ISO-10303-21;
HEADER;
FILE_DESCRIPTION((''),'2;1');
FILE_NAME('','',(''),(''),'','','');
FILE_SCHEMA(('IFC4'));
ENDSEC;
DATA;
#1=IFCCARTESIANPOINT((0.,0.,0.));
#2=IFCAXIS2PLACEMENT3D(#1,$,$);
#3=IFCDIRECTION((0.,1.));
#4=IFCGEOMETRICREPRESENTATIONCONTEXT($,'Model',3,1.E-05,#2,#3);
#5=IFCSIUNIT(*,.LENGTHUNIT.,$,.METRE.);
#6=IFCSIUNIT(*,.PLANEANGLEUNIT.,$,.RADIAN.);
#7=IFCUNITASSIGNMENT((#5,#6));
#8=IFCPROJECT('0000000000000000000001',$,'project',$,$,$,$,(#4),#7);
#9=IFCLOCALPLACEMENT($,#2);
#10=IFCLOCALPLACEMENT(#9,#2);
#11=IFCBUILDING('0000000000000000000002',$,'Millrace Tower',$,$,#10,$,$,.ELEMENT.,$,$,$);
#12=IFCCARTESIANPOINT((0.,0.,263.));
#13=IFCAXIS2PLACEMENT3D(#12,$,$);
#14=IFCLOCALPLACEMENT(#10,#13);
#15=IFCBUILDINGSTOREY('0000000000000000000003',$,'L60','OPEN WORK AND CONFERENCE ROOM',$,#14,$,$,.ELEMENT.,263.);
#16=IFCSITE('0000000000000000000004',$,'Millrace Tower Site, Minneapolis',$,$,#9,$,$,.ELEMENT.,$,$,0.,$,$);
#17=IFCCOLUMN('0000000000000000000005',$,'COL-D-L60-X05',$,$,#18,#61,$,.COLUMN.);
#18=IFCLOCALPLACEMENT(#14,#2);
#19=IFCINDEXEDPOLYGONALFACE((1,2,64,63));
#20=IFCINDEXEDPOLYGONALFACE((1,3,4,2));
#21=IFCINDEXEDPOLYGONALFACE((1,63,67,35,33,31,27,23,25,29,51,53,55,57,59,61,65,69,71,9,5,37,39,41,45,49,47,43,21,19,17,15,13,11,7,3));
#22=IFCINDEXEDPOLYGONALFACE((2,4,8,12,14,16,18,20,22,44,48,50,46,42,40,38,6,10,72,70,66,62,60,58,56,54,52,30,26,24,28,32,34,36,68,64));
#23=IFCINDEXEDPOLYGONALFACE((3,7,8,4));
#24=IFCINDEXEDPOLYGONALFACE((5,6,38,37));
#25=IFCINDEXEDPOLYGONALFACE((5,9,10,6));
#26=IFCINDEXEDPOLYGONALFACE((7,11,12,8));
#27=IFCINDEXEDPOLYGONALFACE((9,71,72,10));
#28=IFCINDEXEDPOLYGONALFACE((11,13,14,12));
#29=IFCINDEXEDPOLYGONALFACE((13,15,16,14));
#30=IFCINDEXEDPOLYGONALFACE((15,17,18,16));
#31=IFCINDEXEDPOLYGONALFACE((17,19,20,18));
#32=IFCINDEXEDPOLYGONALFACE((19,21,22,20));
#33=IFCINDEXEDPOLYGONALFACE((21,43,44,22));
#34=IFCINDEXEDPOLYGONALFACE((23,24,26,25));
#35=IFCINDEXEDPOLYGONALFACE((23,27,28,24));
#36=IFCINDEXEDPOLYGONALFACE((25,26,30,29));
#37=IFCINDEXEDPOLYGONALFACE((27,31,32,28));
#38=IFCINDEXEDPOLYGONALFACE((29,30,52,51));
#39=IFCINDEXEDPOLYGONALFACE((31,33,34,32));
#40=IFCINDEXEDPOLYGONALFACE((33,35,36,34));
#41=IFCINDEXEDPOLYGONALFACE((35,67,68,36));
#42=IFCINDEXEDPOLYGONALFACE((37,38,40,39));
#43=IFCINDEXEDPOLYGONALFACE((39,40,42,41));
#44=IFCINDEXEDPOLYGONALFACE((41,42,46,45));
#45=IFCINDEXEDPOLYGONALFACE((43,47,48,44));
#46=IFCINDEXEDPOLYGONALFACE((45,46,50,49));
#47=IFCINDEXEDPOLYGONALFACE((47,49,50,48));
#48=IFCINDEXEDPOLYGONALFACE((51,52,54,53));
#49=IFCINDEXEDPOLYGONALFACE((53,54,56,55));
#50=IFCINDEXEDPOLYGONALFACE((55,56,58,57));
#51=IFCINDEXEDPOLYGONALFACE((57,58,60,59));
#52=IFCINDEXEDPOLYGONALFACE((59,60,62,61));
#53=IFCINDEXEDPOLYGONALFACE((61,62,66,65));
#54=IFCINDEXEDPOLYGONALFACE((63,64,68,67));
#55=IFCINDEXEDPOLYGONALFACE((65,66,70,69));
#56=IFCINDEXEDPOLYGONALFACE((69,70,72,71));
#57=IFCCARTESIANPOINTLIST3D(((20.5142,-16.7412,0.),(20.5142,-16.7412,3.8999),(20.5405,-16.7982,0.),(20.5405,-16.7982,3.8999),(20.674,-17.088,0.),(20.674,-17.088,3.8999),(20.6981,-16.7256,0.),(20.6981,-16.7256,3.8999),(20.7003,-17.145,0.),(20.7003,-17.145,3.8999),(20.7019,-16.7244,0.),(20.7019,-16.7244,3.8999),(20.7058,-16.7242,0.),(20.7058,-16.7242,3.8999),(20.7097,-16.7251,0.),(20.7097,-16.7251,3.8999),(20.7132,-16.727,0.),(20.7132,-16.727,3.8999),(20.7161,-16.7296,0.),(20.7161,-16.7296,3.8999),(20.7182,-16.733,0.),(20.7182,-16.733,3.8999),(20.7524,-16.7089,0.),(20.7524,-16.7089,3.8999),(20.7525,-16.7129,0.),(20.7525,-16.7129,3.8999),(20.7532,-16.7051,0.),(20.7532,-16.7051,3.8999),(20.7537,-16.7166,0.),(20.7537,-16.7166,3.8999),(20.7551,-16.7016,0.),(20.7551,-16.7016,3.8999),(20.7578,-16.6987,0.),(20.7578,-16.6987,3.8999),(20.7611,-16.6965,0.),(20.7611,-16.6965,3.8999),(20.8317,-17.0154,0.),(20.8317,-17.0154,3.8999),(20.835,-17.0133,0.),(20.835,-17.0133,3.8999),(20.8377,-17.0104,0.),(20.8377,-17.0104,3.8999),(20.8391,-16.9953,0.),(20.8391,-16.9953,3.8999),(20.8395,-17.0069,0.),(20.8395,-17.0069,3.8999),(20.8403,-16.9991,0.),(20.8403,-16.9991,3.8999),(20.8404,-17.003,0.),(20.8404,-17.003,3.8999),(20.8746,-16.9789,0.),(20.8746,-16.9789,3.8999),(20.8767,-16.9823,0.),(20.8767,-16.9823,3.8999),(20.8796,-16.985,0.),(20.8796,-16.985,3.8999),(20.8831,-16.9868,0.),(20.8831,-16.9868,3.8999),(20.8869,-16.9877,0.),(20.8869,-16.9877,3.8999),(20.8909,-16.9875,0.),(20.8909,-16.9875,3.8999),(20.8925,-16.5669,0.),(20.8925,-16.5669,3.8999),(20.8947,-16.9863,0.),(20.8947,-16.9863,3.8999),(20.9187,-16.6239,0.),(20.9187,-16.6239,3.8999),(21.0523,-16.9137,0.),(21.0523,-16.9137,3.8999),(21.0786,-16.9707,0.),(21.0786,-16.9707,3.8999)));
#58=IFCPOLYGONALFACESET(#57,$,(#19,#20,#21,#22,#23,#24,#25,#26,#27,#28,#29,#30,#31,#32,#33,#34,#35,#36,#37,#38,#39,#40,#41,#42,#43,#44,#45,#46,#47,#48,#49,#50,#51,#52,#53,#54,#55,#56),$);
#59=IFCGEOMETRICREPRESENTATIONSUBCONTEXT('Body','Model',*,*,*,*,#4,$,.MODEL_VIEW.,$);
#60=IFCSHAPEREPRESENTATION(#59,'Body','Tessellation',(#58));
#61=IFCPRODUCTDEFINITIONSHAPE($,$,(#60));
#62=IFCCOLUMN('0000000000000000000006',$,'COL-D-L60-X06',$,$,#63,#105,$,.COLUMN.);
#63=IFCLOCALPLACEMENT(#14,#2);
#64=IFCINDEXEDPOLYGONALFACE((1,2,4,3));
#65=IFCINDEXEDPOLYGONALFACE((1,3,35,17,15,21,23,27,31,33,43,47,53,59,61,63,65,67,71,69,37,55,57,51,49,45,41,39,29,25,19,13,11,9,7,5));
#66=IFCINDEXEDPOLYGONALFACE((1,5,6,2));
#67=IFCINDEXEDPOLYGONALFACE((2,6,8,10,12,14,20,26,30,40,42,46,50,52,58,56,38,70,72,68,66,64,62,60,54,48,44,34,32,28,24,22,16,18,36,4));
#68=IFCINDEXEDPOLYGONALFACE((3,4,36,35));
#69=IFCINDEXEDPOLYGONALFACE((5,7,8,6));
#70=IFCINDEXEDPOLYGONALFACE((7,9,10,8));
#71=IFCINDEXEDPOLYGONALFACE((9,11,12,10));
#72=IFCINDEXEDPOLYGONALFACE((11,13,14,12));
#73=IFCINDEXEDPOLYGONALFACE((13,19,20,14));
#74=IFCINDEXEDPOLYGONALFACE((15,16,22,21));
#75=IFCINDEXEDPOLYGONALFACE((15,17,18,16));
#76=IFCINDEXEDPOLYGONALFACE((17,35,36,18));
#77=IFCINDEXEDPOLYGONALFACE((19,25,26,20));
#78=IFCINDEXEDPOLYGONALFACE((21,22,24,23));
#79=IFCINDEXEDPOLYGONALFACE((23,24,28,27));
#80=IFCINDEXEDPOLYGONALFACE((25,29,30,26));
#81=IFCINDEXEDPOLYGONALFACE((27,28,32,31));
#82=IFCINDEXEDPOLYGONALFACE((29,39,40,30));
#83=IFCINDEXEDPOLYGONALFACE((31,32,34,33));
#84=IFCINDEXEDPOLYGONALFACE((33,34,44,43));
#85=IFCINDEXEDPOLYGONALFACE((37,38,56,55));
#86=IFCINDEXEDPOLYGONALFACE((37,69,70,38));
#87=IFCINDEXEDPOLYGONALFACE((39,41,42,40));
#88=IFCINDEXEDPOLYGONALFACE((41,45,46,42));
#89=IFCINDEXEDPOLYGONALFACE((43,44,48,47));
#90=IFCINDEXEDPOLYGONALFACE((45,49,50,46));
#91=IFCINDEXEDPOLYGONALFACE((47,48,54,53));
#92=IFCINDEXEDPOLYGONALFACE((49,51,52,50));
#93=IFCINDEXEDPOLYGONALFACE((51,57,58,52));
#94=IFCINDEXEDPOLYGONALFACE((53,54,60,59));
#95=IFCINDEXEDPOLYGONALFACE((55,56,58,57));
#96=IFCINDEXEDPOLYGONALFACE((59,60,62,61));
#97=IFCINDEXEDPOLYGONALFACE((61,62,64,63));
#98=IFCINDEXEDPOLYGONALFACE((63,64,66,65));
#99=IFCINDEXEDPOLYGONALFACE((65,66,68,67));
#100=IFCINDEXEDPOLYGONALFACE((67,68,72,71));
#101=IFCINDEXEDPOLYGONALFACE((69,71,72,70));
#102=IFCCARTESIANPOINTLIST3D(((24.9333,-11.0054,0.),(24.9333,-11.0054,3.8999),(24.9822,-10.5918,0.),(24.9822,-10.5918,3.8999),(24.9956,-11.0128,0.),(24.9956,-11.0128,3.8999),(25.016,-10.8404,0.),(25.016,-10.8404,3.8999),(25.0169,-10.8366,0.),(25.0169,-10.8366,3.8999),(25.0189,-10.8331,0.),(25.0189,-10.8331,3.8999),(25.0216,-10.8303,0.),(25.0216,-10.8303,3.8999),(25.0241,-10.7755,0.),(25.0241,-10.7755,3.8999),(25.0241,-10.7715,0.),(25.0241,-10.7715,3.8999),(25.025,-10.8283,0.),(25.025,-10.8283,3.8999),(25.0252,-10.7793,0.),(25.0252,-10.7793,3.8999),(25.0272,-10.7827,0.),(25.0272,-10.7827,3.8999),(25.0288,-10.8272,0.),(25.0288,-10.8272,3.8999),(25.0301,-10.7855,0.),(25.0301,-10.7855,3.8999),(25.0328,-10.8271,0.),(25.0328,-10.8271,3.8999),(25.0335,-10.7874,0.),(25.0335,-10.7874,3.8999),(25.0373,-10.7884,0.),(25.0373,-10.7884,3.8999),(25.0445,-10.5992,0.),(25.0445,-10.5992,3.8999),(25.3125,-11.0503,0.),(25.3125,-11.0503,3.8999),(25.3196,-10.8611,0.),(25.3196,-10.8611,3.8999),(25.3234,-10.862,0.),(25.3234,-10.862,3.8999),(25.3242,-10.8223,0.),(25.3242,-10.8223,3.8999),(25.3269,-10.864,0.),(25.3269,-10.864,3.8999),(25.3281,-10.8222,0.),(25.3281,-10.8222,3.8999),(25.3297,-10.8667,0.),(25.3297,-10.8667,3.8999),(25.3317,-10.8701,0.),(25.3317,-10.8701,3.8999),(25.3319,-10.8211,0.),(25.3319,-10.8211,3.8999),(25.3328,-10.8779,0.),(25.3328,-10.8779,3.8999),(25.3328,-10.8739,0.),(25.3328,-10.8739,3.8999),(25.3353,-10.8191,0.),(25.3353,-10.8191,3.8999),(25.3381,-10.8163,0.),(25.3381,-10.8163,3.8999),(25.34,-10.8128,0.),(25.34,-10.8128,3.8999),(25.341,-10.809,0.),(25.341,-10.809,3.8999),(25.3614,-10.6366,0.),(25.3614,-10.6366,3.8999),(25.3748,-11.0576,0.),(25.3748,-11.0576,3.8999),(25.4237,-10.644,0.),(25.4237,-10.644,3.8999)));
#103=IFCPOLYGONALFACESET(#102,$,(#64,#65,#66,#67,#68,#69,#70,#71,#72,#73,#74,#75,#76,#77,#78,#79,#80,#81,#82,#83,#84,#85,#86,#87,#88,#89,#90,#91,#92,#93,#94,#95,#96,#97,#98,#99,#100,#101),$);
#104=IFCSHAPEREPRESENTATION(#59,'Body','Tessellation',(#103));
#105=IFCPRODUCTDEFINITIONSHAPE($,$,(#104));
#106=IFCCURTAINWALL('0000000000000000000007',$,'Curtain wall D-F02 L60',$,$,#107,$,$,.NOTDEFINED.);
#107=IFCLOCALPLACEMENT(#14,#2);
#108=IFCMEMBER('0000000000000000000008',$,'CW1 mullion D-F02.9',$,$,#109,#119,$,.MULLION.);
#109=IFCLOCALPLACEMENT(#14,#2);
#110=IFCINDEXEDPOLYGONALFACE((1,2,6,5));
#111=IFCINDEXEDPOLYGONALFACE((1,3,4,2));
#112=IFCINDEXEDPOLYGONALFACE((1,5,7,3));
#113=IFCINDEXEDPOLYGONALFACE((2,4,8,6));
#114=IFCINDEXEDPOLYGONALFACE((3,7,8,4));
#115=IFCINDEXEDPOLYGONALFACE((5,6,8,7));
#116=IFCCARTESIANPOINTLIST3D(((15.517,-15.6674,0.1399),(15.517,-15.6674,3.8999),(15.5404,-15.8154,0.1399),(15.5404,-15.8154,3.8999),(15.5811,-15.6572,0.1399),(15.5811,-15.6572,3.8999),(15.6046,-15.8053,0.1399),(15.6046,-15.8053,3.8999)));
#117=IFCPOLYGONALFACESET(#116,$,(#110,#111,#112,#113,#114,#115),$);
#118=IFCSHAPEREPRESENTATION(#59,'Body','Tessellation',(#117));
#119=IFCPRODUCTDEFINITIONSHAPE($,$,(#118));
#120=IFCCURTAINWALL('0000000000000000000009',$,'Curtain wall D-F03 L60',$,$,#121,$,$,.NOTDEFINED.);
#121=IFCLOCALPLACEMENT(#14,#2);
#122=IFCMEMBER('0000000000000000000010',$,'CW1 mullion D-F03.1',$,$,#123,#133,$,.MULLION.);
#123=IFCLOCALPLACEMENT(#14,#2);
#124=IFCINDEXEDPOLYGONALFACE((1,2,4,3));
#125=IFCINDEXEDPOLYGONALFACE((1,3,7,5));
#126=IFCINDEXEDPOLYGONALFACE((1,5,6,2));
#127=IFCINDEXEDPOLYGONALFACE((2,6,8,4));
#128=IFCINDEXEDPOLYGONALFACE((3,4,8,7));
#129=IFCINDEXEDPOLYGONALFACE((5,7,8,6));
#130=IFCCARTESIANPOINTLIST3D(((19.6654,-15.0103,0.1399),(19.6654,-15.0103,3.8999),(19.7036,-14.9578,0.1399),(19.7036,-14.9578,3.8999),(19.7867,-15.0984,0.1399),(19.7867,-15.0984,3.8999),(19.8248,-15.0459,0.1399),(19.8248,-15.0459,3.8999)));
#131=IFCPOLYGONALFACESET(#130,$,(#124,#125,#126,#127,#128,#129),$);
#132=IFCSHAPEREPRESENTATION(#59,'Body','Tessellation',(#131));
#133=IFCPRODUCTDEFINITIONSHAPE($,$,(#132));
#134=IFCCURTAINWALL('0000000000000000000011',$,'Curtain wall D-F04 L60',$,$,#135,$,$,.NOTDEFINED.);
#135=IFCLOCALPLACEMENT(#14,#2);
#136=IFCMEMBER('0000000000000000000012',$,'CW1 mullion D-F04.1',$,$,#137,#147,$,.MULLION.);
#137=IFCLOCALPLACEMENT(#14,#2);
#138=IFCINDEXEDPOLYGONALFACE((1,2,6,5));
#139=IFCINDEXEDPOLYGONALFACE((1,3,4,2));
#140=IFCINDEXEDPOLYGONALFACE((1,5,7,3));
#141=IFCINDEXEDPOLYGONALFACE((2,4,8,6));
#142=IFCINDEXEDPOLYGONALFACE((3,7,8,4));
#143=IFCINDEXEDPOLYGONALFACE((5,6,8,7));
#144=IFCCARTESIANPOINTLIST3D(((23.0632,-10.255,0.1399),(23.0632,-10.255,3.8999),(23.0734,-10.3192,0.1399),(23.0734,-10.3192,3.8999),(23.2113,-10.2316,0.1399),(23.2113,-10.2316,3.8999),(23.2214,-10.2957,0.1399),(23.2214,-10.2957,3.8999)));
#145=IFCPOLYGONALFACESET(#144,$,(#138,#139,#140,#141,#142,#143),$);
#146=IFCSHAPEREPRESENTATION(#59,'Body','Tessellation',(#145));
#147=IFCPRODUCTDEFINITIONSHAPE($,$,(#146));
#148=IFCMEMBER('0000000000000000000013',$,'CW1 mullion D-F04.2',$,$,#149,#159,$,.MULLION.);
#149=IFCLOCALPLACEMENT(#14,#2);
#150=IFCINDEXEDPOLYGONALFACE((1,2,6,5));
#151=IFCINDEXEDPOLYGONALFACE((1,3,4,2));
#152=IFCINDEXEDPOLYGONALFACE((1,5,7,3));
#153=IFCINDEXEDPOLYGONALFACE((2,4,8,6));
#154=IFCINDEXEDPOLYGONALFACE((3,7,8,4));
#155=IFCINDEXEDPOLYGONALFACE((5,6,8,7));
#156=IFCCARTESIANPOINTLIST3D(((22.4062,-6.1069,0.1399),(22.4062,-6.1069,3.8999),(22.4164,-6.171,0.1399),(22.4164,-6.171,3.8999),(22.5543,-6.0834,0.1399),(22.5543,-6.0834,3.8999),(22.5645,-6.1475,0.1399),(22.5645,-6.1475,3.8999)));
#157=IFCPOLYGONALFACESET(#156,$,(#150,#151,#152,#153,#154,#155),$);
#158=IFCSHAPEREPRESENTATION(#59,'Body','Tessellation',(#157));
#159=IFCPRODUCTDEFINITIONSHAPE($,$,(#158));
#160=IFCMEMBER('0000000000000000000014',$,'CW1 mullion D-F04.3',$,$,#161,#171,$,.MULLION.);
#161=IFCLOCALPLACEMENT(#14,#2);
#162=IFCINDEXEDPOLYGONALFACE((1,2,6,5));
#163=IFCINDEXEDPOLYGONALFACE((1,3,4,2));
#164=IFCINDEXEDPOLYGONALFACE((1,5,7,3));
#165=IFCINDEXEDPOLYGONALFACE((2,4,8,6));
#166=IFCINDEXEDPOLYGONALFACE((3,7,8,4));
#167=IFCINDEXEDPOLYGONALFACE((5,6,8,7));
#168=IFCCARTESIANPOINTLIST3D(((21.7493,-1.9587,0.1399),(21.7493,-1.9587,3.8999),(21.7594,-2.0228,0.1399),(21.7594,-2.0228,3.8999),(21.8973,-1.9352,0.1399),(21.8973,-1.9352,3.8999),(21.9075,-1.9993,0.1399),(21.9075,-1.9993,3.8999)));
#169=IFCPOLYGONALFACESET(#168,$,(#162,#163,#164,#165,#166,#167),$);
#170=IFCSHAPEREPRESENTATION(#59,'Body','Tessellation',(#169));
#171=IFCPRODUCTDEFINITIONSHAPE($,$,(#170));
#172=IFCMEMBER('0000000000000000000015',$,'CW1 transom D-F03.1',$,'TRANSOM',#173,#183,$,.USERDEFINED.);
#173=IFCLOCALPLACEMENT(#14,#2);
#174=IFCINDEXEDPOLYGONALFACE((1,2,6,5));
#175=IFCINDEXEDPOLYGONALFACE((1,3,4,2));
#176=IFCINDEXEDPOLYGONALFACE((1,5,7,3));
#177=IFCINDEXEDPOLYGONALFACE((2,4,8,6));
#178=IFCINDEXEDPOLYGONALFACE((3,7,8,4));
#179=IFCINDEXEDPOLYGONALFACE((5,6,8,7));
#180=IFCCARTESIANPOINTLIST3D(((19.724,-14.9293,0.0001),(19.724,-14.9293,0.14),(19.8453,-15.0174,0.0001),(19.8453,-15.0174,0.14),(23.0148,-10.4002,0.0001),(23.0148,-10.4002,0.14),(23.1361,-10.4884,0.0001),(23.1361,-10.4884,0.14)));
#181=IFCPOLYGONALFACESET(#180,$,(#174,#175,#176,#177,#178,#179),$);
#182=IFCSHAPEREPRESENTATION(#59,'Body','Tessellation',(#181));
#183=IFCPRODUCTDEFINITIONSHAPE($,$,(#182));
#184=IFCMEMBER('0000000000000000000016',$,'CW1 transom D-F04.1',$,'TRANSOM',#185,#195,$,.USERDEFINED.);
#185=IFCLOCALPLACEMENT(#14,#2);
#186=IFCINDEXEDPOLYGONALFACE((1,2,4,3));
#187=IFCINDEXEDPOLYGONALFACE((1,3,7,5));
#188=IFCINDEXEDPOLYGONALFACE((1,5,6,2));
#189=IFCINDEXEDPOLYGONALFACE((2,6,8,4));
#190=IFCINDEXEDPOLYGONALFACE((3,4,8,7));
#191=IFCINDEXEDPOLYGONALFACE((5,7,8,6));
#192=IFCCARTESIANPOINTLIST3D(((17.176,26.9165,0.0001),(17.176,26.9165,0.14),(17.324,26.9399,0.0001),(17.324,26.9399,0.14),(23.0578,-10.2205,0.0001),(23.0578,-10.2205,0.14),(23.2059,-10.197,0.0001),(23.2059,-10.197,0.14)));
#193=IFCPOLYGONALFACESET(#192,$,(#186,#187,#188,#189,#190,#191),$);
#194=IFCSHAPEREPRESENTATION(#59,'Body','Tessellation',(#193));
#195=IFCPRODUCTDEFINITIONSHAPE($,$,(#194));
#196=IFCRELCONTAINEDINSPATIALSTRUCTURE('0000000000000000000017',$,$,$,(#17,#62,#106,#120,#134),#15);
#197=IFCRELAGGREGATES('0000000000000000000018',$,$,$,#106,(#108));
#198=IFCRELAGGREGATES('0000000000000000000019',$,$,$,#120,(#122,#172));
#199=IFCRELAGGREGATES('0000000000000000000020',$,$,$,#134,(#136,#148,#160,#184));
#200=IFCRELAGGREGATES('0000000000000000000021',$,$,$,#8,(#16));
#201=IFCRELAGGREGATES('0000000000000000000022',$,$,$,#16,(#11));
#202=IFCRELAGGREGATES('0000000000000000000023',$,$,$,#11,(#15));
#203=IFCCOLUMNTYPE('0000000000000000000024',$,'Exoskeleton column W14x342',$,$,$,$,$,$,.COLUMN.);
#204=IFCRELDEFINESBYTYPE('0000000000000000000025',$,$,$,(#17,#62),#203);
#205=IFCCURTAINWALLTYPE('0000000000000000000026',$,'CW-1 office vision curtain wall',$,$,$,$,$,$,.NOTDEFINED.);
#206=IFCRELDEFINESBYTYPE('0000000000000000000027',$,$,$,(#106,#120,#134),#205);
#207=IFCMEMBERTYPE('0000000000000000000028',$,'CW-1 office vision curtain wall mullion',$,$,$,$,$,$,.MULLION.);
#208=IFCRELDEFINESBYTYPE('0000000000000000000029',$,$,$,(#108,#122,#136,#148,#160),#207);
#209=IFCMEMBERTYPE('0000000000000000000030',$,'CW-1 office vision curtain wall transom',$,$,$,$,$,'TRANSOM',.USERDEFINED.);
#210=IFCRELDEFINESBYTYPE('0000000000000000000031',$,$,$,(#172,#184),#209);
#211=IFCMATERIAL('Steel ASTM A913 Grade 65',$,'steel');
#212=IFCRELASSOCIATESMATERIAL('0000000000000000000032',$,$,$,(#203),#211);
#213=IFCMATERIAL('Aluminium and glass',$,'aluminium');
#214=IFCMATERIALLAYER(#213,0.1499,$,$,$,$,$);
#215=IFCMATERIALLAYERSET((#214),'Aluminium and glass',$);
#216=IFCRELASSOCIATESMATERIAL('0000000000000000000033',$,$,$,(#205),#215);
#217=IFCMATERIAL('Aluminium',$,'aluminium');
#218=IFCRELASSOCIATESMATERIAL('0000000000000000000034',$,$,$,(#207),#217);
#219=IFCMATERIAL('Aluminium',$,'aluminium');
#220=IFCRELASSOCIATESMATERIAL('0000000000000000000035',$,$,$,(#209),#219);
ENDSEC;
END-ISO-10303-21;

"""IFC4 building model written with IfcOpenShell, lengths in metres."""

from ifc_helpers import new_model, si_unit, direction, frame, origin, origin_2d, place, context, subcontext, project, spatial, rectangle, i_section, extrude, material, layer, layer_set, material_profile, profile_set, type_object, element, aggregate, save


model = new_model("IFC4")

# Units and contexts
model_context = context("Model", 3, precision=1e-05, world=origin(), true_north=direction((0.0, 1.0)))
body_context = subcontext(model_context, "Body", "Model", "MODEL_VIEW")
ifc_project = project(units=[si_unit("LENGTHUNIT", "METRE"), si_unit("PLANEANGLEUNIT", "RADIAN")], contexts=[model_context])

# Site, building, storey
site_placement = place(None, origin())
site = spatial("IfcSite", under=ifc_project, at=site_placement, Name="Millrace Tower Site, Minneapolis", CompositionType="ELEMENT", RefElevation=0.0)
building_placement = place(site_placement, origin())
building = spatial("IfcBuilding", under=site, at=building_placement, Name="Millrace Tower", CompositionType="ELEMENT")
storey_placement = place(building_placement, frame((0.0, 0.0, 263.0)))
storey = spatial("IfcBuildingStorey", under=building, at=storey_placement, Name="L60", Description="OPEN WORK AND CONFERENCE ROOM", CompositionType="ELEMENT", Elevation=263.0)

# Columns
ifc_material_1 = material(Name="Steel ASTM A913 Grade 65", Category="steel")
ifc_material_profile_1 = material_profile(ifc_material_1, i_section(OverallWidth=0.4165, OverallDepth=0.4446, WebThickness=0.0391, FlangeThickness=0.0627, FilletRadius=0.0151, at=origin_2d()))
ifc_profile_set_1 = profile_set([ifc_material_profile_1], Name="Steel ASTM A913 Grade 65")
column_type = type_object("IfcColumnType", Name="Exoskeleton column W14x342", PredefinedType="COLUMN", material=ifc_profile_set_1)
for number, where, z_axis, x_axis, name in (
    (1, (20.7964, -16.856, 0.0), (0.0, 0.0, 1.0), (0.908192, 0.418553, 0.0), "COL-D-L60-X05"),
    (2, (25.1785, -10.8247, 0.0), (0.0, 0.0, 1.0), (0.117421, 0.993082, 0.0), "COL-D-L60-X06"),
):
    element("IfcColumn", number, at=place(storey_placement, frame(where, z_axis=z_axis, x_axis=x_axis)), inside=storey, type_object=column_type, Name=name, PredefinedType="COLUMN", context=body_context, shape_type="SweptSolid", body=[
        extrude(i_section(OverallWidth=0.4165, OverallDepth=0.4446, WebThickness=0.0391, FlangeThickness=0.0627, FilletRadius=0.0151, at=origin_2d()), origin(), (0.0, 0.0, 1.0), 3.8999),
    ])

# Curtain walls, members
ifc_material_2 = material(Name="Aluminium and glass", Category="aluminium")
ifc_layer_1 = layer(ifc_material_2, 0.1499)
ifc_layer_set_1 = layer_set([ifc_layer_1], Name="Aluminium and glass")
curtain_wall_type = type_object("IfcCurtainWallType", Name="CW-1 office vision curtain wall", PredefinedType="NOTDEFINED", material=ifc_layer_set_1)
placement = place(storey_placement, origin())
curtain_wall_1 = element("IfcCurtainWall", 3, at=placement, inside=storey, type_object=curtain_wall_type, Name="Curtain wall D-F02 L60", PredefinedType="NOTDEFINED")
ifc_material_3 = material(Name="Aluminium", Category="aluminium")
ifc_material_profile_2 = material_profile(ifc_material_3, rectangle(XDim=0.0649, YDim=0.1499, at=origin_2d()))
ifc_profile_set_2 = profile_set([ifc_material_profile_2], Name="Aluminium")
member_type_1 = type_object("IfcMemberType", Name="CW-1 office vision curtain wall mullion", PredefinedType="MULLION", material=ifc_profile_set_2)
member_1_placement = place(storey_placement, frame((15.5608, -15.7363, 0.1399), z_axis=(0.0, 0.0, 1.0), x_axis=(0.987688, 0.156434, 0.0)))
member_1 = element("IfcMember", 4, at=member_1_placement, type_object=member_type_1, Name="CW1 mullion D-F02.9", PredefinedType="MULLION", context=body_context, shape_type="SweptSolid", body=[
    extrude(rectangle(XDim=0.0649, YDim=0.1499, at=origin_2d()), origin(), (0.0, 0.0, 1.0), 3.76),
])
aggregate(curtain_wall_1, [member_1])
curtain_wall_2 = element("IfcCurtainWall", 5, at=placement, inside=storey, type_object=curtain_wall_type, Name="Curtain wall D-F03 L60", PredefinedType="NOTDEFINED")
member_2_placement = place(storey_placement, frame((19.7451, -15.0281, 0.1399), z_axis=(0.0, 0.0, 1.0), x_axis=(0.587785, 0.809017, 0.0)))
member_2 = element("IfcMember", 6, at=member_2_placement, type_object=member_type_1, Name="CW1 mullion D-F03.1", PredefinedType="MULLION", context=body_context, shape_type="SweptSolid", body=[
    extrude(rectangle(XDim=0.0649, YDim=0.1499, at=origin_2d()), origin(), (0.0, 0.0, 1.0), 3.76),
])

# Curtain wall, members
curtain_wall_3 = element("IfcCurtainWall", 7, at=placement, inside=storey, type_object=curtain_wall_type, Name="Curtain wall D-F04 L60", PredefinedType="NOTDEFINED")
member_3_placement = place(storey_placement, frame((23.1423, -10.2754, 0.1399), z_axis=(0.0, 0.0, 1.0), x_axis=(-0.156434, 0.987688, 0.0)))
member_3 = element("IfcMember", 8, at=member_3_placement, type_object=member_type_1, Name="CW1 mullion D-F04.1", PredefinedType="MULLION", context=body_context, shape_type="SweptSolid", body=[
    extrude(rectangle(XDim=0.0649, YDim=0.1499, at=origin_2d()), origin(), (0.0, 0.0, 1.0), 3.76),
])
member_4_placement = place(storey_placement, frame((22.4854, -6.1272, 0.1399), z_axis=(0.0, 0.0, 1.0), x_axis=(-0.156434, 0.987688, 0.0)))
member_4 = element("IfcMember", 9, at=member_4_placement, type_object=member_type_1, Name="CW1 mullion D-F04.2", PredefinedType="MULLION", context=body_context, shape_type="SweptSolid", body=[
    extrude(rectangle(XDim=0.0649, YDim=0.1499, at=origin_2d()), origin(), (0.0, 0.0, 1.0), 3.76),
])
member_5_placement = place(storey_placement, frame((21.8284, -1.979, 0.1399), z_axis=(0.0, 0.0, 1.0), x_axis=(-0.156434, 0.987688, 0.0)))
member_5 = element("IfcMember", 10, at=member_5_placement, type_object=member_type_1, Name="CW1 mullion D-F04.3", PredefinedType="MULLION", context=body_context, shape_type="SweptSolid", body=[
    extrude(rectangle(XDim=0.0649, YDim=0.1499, at=origin_2d()), origin(), (0.0, 0.0, 1.0), 3.76),
])

# Members
ifc_material_4 = material(Name="Aluminium", Category="aluminium")
ifc_material_profile_3 = material_profile(ifc_material_4, rectangle(XDim=0.1499, YDim=0.1399, at=origin_2d()))
ifc_profile_set_3 = profile_set([ifc_material_profile_3], Name="Aluminium")
member_type_2 = type_object("IfcMemberType", Name="CW-1 office vision curtain wall transom", ElementType="TRANSOM", PredefinedType="USERDEFINED", material=ifc_profile_set_3)
member_6_placement = place(storey_placement, frame((19.7847, -14.9734, 0.0701), z_axis=(0.587811, 0.808998, 0.0), x_axis=(-0.808998, 0.587811, 0.0)))
member_6 = element("IfcMember", 11, at=member_6_placement, type_object=member_type_2, Name="CW1 transom D-F03.1", ObjectType="TRANSOM", PredefinedType="USERDEFINED", context=body_context, shape_type="SweptSolid", body=[
    extrude(rectangle(XDim=0.1499, YDim=0.1399, at=origin_2d()), origin(), (0.0, 0.0, 1.0), 5.5984),
])
aggregate(curtain_wall_2, [member_2, member_6])
member_7_placement = place(storey_placement, frame((23.1318, -10.2087, 0.0701), z_axis=(-0.156432, 0.987689, 0.0), x_axis=(-0.987689, -0.156432, 0.0)))
member_7 = element("IfcMember", 12, at=member_7_placement, type_object=member_type_2, Name="CW1 transom D-F04.1", ObjectType="TRANSOM", PredefinedType="USERDEFINED", context=body_context, shape_type="SweptSolid", body=[
    extrude(rectangle(XDim=0.1499, YDim=0.1399, at=origin_2d()), origin(), (0.0, 0.0, 1.0), 37.5999),
])
aggregate(curtain_wall_3, [member_3, member_4, member_5, member_7])

save(model, "model.ifc")
